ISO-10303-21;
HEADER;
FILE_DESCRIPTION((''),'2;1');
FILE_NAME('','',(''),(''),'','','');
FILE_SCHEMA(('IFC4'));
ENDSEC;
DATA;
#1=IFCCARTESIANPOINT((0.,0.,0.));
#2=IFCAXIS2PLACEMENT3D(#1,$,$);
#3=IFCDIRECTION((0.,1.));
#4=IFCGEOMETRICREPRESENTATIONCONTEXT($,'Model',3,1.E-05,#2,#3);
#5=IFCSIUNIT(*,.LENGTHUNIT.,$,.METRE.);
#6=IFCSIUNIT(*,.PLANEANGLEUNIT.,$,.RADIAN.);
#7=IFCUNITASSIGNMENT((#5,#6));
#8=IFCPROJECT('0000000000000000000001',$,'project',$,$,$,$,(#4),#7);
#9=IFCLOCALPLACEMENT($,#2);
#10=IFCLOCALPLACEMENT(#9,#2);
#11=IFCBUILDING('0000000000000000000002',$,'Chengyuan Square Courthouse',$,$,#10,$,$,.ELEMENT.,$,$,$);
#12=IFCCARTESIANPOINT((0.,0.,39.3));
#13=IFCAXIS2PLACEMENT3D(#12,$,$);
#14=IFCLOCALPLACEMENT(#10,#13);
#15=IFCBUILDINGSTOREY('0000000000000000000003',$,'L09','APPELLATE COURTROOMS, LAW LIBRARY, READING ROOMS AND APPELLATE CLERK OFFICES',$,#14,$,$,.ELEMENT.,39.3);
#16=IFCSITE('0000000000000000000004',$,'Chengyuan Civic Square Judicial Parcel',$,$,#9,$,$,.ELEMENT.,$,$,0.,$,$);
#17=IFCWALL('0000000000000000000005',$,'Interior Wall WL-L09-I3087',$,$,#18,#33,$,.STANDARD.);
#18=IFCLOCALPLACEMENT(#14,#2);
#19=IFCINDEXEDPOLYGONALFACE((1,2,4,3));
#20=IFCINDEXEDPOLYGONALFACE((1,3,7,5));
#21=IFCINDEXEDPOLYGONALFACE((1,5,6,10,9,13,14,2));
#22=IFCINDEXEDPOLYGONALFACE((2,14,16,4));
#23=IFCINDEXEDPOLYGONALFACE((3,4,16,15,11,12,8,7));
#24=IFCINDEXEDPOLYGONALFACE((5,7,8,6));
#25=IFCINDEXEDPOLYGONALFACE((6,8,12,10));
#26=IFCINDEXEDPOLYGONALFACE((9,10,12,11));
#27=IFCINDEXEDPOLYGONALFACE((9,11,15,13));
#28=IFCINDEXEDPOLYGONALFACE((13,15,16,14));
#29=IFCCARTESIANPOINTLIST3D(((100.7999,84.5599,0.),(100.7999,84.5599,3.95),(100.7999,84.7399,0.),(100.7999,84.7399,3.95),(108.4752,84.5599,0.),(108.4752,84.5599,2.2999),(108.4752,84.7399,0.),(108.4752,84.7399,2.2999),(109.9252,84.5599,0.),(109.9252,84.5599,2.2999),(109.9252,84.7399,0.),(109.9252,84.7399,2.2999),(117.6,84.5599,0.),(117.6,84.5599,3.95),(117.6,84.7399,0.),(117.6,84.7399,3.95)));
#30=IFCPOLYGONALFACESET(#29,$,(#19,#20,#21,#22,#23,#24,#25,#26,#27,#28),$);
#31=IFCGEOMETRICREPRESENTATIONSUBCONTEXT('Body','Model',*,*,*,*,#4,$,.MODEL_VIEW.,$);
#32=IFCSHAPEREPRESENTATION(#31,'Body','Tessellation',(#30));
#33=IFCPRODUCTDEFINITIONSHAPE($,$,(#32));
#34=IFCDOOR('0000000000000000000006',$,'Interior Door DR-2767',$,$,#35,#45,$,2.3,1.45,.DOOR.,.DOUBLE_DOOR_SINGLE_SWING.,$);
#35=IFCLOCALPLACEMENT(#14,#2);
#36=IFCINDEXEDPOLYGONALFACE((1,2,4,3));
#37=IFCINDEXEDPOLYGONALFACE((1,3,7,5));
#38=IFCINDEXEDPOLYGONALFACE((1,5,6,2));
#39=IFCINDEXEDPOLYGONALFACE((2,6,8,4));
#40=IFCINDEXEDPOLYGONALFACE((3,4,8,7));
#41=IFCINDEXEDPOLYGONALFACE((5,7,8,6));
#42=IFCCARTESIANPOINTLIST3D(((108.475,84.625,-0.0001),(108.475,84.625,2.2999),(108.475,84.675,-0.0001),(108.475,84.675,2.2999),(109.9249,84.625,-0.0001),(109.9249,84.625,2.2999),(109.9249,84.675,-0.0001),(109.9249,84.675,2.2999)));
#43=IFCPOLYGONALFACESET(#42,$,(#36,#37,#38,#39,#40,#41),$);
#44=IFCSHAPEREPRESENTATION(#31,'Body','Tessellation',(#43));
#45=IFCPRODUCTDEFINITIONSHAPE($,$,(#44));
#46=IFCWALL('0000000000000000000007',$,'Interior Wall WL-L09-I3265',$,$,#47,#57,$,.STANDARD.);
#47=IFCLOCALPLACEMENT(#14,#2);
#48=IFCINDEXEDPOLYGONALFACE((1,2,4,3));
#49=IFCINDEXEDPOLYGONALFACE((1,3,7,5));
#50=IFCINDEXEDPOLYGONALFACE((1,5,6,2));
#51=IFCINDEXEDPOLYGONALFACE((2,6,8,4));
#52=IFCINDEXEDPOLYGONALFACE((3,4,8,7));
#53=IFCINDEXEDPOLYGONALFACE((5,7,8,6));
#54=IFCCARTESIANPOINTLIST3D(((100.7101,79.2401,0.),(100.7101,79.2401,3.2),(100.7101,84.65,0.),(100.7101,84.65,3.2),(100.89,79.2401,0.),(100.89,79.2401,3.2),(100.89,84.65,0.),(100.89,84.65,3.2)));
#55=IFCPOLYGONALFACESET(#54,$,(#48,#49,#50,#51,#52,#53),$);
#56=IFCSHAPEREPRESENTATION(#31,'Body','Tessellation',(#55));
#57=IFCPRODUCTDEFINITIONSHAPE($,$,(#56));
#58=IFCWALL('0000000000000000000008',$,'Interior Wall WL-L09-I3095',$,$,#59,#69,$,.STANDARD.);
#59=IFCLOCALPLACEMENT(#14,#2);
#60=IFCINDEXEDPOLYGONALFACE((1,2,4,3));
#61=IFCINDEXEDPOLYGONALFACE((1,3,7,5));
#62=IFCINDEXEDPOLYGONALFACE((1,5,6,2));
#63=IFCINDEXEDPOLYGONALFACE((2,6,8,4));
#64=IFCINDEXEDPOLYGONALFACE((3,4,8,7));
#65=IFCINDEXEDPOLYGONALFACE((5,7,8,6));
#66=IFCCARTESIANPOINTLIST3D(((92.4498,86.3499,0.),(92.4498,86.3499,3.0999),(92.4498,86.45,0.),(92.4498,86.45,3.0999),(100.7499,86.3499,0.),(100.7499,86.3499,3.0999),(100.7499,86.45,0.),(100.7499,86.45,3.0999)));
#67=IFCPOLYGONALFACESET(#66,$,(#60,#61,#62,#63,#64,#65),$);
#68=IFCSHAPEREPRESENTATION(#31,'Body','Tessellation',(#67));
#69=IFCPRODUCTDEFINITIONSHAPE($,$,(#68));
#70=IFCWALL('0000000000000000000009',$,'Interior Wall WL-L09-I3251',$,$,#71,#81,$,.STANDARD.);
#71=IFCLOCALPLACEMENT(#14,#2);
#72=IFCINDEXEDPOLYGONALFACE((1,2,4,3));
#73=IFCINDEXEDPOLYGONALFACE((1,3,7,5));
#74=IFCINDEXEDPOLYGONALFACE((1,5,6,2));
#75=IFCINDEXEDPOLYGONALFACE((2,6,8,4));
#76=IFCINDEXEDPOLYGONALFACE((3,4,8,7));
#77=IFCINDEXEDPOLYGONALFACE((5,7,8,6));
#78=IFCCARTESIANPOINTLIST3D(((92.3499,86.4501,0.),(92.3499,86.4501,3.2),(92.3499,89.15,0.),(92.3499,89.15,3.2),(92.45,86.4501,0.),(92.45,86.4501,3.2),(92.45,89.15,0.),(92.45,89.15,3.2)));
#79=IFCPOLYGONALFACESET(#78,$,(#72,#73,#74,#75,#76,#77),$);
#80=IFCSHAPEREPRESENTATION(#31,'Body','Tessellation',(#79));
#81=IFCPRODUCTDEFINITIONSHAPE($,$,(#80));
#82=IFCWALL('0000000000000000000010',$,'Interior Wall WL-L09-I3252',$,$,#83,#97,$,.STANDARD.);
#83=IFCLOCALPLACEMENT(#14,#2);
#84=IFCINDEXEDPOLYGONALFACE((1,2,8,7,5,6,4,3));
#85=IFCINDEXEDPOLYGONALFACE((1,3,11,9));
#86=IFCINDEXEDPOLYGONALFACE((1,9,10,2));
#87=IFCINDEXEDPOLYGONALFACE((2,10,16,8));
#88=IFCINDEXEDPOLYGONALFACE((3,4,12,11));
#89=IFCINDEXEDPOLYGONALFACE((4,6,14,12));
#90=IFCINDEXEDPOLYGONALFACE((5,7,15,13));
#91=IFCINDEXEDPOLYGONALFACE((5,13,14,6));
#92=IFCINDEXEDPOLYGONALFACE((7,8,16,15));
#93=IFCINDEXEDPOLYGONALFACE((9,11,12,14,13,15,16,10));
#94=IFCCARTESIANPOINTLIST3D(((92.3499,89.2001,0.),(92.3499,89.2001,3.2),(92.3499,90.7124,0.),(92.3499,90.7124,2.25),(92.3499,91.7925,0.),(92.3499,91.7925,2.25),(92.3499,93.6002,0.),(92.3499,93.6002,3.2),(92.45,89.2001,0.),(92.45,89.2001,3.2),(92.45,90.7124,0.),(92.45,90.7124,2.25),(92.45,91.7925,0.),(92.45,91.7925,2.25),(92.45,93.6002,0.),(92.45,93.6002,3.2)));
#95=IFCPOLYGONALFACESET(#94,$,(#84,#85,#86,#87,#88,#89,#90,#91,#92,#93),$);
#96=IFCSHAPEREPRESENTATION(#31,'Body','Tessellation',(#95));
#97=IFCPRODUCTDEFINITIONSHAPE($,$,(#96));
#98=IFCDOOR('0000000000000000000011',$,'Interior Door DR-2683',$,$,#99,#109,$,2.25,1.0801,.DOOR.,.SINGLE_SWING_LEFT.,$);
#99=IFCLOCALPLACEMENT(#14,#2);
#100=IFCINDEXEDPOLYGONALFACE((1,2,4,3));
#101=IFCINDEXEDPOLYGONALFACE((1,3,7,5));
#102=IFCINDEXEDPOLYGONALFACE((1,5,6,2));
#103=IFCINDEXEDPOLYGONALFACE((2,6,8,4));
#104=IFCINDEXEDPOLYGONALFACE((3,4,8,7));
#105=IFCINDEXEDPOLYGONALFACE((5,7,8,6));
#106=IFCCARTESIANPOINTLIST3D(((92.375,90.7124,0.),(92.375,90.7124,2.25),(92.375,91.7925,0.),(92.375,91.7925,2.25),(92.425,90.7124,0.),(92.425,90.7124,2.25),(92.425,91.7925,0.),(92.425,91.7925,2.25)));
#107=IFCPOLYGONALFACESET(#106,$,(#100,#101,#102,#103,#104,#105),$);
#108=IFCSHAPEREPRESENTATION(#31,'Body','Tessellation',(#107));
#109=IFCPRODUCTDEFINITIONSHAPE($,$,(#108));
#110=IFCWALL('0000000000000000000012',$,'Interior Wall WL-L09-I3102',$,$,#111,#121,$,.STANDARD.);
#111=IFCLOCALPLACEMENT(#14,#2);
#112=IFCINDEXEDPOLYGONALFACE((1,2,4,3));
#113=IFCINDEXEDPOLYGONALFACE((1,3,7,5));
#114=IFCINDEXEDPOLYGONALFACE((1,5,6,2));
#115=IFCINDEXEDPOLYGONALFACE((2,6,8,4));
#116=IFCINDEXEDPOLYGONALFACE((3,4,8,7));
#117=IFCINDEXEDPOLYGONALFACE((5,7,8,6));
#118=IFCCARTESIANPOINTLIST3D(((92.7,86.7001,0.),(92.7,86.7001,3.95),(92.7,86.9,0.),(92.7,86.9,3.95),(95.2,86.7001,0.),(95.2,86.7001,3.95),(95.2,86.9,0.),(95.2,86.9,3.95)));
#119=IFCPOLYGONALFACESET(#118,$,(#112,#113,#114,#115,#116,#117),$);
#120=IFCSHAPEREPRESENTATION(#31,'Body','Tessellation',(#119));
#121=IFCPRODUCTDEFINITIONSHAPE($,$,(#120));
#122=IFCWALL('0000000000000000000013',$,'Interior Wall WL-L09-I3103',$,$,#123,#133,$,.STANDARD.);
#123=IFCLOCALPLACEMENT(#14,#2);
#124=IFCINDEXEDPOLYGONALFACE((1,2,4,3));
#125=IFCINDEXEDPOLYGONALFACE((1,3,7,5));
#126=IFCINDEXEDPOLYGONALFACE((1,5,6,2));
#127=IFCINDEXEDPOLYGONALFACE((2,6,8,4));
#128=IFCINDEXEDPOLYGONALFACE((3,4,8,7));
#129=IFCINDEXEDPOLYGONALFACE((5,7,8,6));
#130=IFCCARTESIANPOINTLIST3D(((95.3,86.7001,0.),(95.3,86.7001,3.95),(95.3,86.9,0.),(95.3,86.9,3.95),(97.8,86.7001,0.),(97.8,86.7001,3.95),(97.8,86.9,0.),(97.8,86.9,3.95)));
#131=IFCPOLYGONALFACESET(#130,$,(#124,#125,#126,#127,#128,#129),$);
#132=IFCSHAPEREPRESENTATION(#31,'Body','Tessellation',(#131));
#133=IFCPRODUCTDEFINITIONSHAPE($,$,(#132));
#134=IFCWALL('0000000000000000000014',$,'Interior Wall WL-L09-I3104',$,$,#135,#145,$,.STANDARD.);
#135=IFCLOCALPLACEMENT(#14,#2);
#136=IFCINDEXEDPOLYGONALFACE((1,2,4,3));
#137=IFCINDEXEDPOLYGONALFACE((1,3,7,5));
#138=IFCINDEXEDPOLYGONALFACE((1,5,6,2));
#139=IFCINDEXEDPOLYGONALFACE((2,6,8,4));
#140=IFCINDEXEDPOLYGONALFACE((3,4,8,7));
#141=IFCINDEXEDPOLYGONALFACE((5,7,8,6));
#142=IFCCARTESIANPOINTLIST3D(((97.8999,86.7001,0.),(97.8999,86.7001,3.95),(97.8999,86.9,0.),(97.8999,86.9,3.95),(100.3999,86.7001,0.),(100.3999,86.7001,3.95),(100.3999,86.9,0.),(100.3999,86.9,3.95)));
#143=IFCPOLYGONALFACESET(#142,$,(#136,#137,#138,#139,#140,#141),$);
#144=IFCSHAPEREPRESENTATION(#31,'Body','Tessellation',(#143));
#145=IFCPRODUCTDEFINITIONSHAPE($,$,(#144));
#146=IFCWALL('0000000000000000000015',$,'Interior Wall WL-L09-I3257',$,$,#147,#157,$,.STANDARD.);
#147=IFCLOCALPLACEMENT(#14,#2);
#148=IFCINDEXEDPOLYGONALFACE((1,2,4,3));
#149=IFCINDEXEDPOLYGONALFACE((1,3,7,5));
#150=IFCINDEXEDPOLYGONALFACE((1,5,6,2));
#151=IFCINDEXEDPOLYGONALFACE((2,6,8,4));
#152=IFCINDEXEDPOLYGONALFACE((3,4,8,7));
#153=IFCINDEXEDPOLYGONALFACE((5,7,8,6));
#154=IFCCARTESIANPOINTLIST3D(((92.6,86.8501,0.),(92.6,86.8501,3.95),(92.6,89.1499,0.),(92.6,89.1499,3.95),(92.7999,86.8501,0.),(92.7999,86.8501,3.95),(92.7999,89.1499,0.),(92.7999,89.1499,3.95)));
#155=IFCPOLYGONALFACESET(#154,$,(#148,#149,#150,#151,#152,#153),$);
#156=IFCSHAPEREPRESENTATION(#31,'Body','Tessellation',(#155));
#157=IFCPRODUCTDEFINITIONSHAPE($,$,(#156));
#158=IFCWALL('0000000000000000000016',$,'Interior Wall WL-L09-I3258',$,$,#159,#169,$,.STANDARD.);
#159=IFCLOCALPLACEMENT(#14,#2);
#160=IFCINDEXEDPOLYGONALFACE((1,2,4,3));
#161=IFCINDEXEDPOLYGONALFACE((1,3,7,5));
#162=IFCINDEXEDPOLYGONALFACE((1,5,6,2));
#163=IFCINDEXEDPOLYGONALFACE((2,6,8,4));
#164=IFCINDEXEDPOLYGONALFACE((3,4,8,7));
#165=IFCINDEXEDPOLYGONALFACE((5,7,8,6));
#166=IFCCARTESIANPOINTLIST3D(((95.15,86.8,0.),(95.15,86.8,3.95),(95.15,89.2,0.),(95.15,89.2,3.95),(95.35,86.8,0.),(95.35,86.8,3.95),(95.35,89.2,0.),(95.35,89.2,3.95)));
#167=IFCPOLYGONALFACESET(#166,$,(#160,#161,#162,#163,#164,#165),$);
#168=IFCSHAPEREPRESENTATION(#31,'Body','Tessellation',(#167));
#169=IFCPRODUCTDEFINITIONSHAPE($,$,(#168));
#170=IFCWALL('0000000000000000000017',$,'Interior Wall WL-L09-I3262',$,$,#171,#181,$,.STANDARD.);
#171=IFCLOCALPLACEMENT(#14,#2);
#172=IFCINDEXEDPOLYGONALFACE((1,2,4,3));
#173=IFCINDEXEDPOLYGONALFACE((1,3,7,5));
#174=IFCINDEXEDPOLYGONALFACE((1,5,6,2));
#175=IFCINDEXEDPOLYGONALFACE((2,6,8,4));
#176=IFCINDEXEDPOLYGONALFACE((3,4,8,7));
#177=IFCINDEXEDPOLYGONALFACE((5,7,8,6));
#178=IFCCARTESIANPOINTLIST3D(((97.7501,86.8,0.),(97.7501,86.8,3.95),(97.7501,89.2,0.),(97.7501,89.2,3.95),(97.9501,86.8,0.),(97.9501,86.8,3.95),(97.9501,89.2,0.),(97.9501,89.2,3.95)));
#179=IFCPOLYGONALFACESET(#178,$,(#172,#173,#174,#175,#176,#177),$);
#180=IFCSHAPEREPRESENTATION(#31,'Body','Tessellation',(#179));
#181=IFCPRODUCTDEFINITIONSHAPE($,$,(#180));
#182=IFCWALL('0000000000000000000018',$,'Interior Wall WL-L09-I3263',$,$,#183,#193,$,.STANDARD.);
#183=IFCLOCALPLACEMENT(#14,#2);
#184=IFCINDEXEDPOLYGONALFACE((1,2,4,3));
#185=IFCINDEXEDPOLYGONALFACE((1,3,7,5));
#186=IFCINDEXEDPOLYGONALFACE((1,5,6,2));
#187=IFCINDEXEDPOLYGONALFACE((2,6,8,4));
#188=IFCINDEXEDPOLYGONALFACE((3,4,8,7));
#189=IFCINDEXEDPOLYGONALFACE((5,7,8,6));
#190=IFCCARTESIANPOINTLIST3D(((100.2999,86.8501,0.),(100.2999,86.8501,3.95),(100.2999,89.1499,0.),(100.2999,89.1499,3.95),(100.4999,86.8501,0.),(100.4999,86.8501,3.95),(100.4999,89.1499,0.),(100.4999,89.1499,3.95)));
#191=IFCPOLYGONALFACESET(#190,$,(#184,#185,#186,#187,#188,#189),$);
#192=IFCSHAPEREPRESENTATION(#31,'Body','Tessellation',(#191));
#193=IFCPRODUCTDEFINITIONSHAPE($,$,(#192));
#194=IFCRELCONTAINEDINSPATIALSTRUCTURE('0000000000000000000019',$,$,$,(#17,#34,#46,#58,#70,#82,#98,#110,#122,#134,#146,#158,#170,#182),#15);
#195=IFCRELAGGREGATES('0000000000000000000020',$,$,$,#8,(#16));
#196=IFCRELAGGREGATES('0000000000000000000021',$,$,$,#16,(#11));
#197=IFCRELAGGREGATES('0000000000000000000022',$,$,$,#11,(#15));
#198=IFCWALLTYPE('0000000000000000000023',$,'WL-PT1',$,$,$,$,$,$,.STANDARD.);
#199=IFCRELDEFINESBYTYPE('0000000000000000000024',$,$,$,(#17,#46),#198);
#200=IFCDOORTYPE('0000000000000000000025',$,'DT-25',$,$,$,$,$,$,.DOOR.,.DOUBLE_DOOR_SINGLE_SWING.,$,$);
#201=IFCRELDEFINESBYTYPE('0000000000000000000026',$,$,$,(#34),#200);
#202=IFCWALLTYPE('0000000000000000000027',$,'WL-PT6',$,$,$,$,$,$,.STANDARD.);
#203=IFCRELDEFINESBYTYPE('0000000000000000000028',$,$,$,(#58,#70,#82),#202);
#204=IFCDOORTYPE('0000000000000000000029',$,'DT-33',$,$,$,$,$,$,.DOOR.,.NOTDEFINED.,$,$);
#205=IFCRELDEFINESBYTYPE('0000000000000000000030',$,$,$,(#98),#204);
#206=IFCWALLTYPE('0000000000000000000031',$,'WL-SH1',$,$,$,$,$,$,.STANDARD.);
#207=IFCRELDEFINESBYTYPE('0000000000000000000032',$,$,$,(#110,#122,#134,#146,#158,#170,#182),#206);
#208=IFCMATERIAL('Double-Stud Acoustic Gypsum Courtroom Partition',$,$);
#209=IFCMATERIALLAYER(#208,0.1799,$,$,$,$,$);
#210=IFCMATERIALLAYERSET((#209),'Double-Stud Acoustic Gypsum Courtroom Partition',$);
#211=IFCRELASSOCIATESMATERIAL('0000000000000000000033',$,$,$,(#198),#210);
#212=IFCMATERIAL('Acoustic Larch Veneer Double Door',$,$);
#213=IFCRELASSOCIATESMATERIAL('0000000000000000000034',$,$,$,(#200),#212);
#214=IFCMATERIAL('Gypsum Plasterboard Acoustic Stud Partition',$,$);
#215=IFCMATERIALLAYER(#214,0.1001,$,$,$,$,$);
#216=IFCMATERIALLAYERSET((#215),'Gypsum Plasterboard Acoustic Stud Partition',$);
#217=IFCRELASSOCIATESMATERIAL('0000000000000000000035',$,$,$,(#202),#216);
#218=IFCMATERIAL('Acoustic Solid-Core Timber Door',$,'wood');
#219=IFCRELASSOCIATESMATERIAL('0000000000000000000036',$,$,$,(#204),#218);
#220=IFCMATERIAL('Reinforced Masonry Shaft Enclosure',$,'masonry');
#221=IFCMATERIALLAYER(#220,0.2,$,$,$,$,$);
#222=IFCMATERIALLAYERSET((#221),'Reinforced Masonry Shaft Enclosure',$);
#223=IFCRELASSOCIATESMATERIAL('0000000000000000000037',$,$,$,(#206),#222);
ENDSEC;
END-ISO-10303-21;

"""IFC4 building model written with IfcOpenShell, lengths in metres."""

from ifc_helpers import new_model, si_unit, direction, frame, frame_2d, origin, place, context, subcontext, project, spatial, rectangle, extrude, material, layer, layer_set, type_object, element, fill, save


model = new_model("IFC4")

# Units and contexts
model_context = context("Model", 3, precision=1e-05, world=origin(), true_north=direction((0.0, 1.0)))
body_context = subcontext(model_context, "Body", "Model", "MODEL_VIEW")
ifc_project = project(units=[si_unit("LENGTHUNIT", "METRE"), si_unit("PLANEANGLEUNIT", "RADIAN")], contexts=[model_context])

# Site, building, storey
site_placement = place(None, origin())
site = spatial("IfcSite", under=ifc_project, at=site_placement, Name="Chengyuan Civic Square Judicial Parcel", CompositionType="ELEMENT", RefElevation=0.0)
building_placement = place(site_placement, origin())
building = spatial("IfcBuilding", under=site, at=building_placement, Name="Chengyuan Square Courthouse", CompositionType="ELEMENT")
storey_placement = place(building_placement, frame((0.0, 0.0, 39.3)))
storey = spatial("IfcBuildingStorey", under=building, at=storey_placement, Name="L09", Description="APPELLATE COURTROOMS, LAW LIBRARY, READING ROOMS AND APPELLATE CLERK OFFICES", CompositionType="ELEMENT", Elevation=39.3)

# Wall, opening, door
ifc_material_1 = material(Name="Double-Stud Acoustic Gypsum Courtroom Partition")
ifc_layer_1 = layer(ifc_material_1, 0.1799)
ifc_layer_set_1 = layer_set([ifc_layer_1], Name="Double-Stud Acoustic Gypsum Courtroom Partition")
wall_type_1 = type_object("IfcWallType", Name="WL-PT1", PredefinedType="STANDARD", material=ifc_layer_set_1)
wall_1_placement = place(storey_placement, frame((100.8, 84.6499, 0.0), z_axis=(0.0, 0.0, 1.0), x_axis=(1.0, 0.0, 0.0)))
wall_1 = element("IfcWall", 1, at=wall_1_placement, inside=storey, type_object=wall_type_1, Name="Interior Wall WL-L09-I3087", PredefinedType="STANDARD", context=body_context, shape_type="SweptSolid", body=[
    extrude(rectangle(XDim=16.8, YDim=0.1799, at=frame_2d((8.3999, 0.0))), origin(), (0.0, 0.0, 1.0), 3.95),
])
opening_1_placement = place(wall_1_placement, frame((7.675, 0.0, 0.0)))
opening_1 = element("IfcOpeningElement", 2, at=opening_1_placement, cuts=wall_1, PredefinedType="OPENING", context=body_context, shape_type="SweptSolid", body=[
    extrude(rectangle(XDim=1.45, YDim=2.3, at=frame_2d((0.7251, 1.1499))), frame((0.0, 0.1021, 0.0), z_axis=(0.0, -1.0, 0.0), x_axis=(1.0, 0.0, 0.0)), (0.0, 0.0, 1.0), 0.2039),
])
ifc_material_2 = material(Name="Acoustic Larch Veneer Double Door")
door_type_1 = type_object("IfcDoorType", Name="DT-25", OperationType="DOUBLE_DOOR_SINGLE_SWING", PredefinedType="DOOR", material=ifc_material_2)
door_1_placement = place(opening_1_placement, frame((1.45, 0.0, 0.0), z_axis=(0.0, 0.0, 1.0), x_axis=(-1.0, 0.0, 0.0)))
door_1 = element("IfcDoor", 3, at=door_1_placement, inside=storey, type_object=door_type_1, Name="Interior Door DR-2767", OperationType="DOUBLE_DOOR_SINGLE_SWING", OverallHeight=2.3, OverallWidth=1.45, PredefinedType="DOOR", context=body_context, shape_type="SweptSolid", body=[
    extrude(rectangle(XDim=1.45, YDim=2.3, at=frame_2d((0.7251, 1.1499))), frame((0.0, 0.0249, 0.0), z_axis=(0.0, -1.0, 0.0), x_axis=(1.0, 0.0, 0.0)), (0.0, 0.0, 1.0), 0.05),
])
fill(opening_1, door_1)

# Walls
wall_2_placement = place(storey_placement, frame((100.8, 79.24, 0.0), z_axis=(0.0, 0.0, 1.0), x_axis=(0.0, 1.0, 0.0)))
element("IfcWall", 4, at=wall_2_placement, inside=storey, type_object=wall_type_1, Name="Interior Wall WL-L09-I3265", PredefinedType="STANDARD", context=body_context, shape_type="SweptSolid", body=[
    extrude(rectangle(XDim=5.4099, YDim=0.1799, at=frame_2d((2.7051, 0.0))), origin(), (0.0, 0.0, 1.0), 3.2),
])
ifc_material_3 = material(Name="Gypsum Plasterboard Acoustic Stud Partition")
ifc_layer_2 = layer(ifc_material_3, 0.1001)
ifc_layer_set_2 = layer_set([ifc_layer_2], Name="Gypsum Plasterboard Acoustic Stud Partition")
wall_type_2 = type_object("IfcWallType", Name="WL-PT6", PredefinedType="STANDARD", material=ifc_layer_set_2)
wall_3_placement = place(storey_placement, frame((92.45, 86.3999, 0.0), z_axis=(0.0, 0.0, 1.0), x_axis=(1.0, 0.0, 0.0)))
element("IfcWall", 5, at=wall_3_placement, inside=storey, type_object=wall_type_2, Name="Interior Wall WL-L09-I3095", PredefinedType="STANDARD", context=body_context, shape_type="SweptSolid", body=[
    extrude(rectangle(XDim=8.3, YDim=0.1001, at=frame_2d((4.1499, 0.0))), origin(), (0.0, 0.0, 1.0), 3.0999),
])
wall_4_placement = place(storey_placement, frame((92.3999, 86.45, 0.0), z_axis=(0.0, 0.0, 1.0), x_axis=(0.0, 1.0, 0.0)))
element("IfcWall", 6, at=wall_4_placement, inside=storey, type_object=wall_type_2, Name="Interior Wall WL-L09-I3251", PredefinedType="STANDARD", context=body_context, shape_type="SweptSolid", body=[
    extrude(rectangle(XDim=2.7, YDim=0.1001, at=frame_2d((1.3501, 0.0))), origin(), (0.0, 0.0, 1.0), 3.2),
])

# Wall, opening, door
wall_5_placement = place(storey_placement, frame((92.3999, 89.2, 0.0), z_axis=(0.0, 0.0, 1.0), x_axis=(0.0, 1.0, 0.0)))
wall_5 = element("IfcWall", 7, at=wall_5_placement, inside=storey, type_object=wall_type_2, Name="Interior Wall WL-L09-I3252", PredefinedType="STANDARD", context=body_context, shape_type="SweptSolid", body=[
    extrude(rectangle(XDim=4.4001, YDim=0.1001, at=frame_2d((2.2002, 0.0))), origin(), (0.0, 0.0, 1.0), 3.2),
])
opening_2_placement = place(wall_5_placement, frame((1.5125, 0.0, 0.0)))
opening_2 = element("IfcOpeningElement", 8, at=opening_2_placement, cuts=wall_5, PredefinedType="OPENING", context=body_context, shape_type="SweptSolid", body=[
    extrude(rectangle(XDim=1.0801, YDim=2.25, at=frame_2d((0.54, 1.125))), frame((0.0, 0.062, 0.0), z_axis=(0.0, -1.0, 0.0), x_axis=(1.0, 0.0, 0.0)), (0.0, 0.0, 1.0), 0.124),
])
ifc_material_4 = material(Name="Acoustic Solid-Core Timber Door", Category="wood")
door_type_2 = type_object("IfcDoorType", Name="DT-33", OperationType="NOTDEFINED", PredefinedType="DOOR", material=ifc_material_4)
door_2_placement = place(opening_2_placement, origin())
door_2 = element("IfcDoor", 9, at=door_2_placement, inside=storey, type_object=door_type_2, Name="Interior Door DR-2683", OperationType="SINGLE_SWING_LEFT", OverallHeight=2.25, OverallWidth=1.0801, PredefinedType="DOOR", context=body_context, shape_type="SweptSolid", body=[
    extrude(rectangle(XDim=1.0801, YDim=2.25, at=frame_2d((0.54, 1.125))), frame((0.0, 0.0249, 0.0), z_axis=(0.0, -1.0, 0.0), x_axis=(1.0, 0.0, 0.0)), (0.0, 0.0, 1.0), 0.05),
])
fill(opening_2, door_2)

# Walls
ifc_material_5 = material(Name="Reinforced Masonry Shaft Enclosure", Category="masonry")
ifc_layer_3 = layer(ifc_material_5, 0.2)
ifc_layer_set_3 = layer_set([ifc_layer_3], Name="Reinforced Masonry Shaft Enclosure")
wall_type_3 = type_object("IfcWallType", Name="WL-SH1", PredefinedType="STANDARD", material=ifc_layer_set_3)
for number, where, z_axis, x_axis, name in (
    (10, (92.7, 86.8, 0.0), (0.0, 0.0, 1.0), (1.0, 0.0, 0.0), "Interior Wall WL-L09-I3102"),
    (11, (95.3, 86.8, 0.0), (0.0, 0.0, 1.0), (1.0, 0.0, 0.0), "Interior Wall WL-L09-I3103"),
    (12, (97.8999, 86.8, 0.0), (0.0, 0.0, 1.0), (1.0, 0.0, 0.0), "Interior Wall WL-L09-I3104"),
):
    element("IfcWall", number, at=place(storey_placement, frame(where, z_axis=z_axis, x_axis=x_axis)), inside=storey, type_object=wall_type_3, Name=name, PredefinedType="STANDARD", context=body_context, shape_type="SweptSolid", body=[
        extrude(rectangle(XDim=2.5, YDim=0.2, at=frame_2d((1.25, 0.0))), origin(), (0.0, 0.0, 1.0), 3.95),
    ])
wall_6_placement = place(storey_placement, frame((92.7, 86.8501, 0.0), z_axis=(0.0, 0.0, 1.0), x_axis=(0.0, 1.0, 0.0)))
element("IfcWall", 13, at=wall_6_placement, inside=storey, type_object=wall_type_3, Name="Interior Wall WL-L09-I3257", PredefinedType="STANDARD", context=body_context, shape_type="SweptSolid", body=[
    extrude(rectangle(XDim=2.2998, YDim=0.2, at=frame_2d((1.1499, 0.0))), origin(), (0.0, 0.0, 1.0), 3.95),
])
for number, where, z_axis, x_axis, name in (
    (14, (95.25, 86.8, 0.0), (0.0, 0.0, 1.0), (0.0, 1.0, 0.0), "Interior Wall WL-L09-I3258"),
    (15, (97.8501, 86.8, 0.0), (0.0, 0.0, 1.0), (0.0, 1.0, 0.0), "Interior Wall WL-L09-I3262"),
):
    element("IfcWall", number, at=place(storey_placement, frame(where, z_axis=z_axis, x_axis=x_axis)), inside=storey, type_object=wall_type_3, Name=name, PredefinedType="STANDARD", context=body_context, shape_type="SweptSolid", body=[
        extrude(rectangle(XDim=2.3999, YDim=0.2, at=frame_2d((1.2, 0.0))), origin(), (0.0, 0.0, 1.0), 3.95),
    ])
wall_7_placement = place(storey_placement, frame((100.3999, 86.8501, 0.0), z_axis=(0.0, 0.0, 1.0), x_axis=(0.0, 1.0, 0.0)))
element("IfcWall", 16, at=wall_7_placement, inside=storey, type_object=wall_type_3, Name="Interior Wall WL-L09-I3263", PredefinedType="STANDARD", context=body_context, shape_type="SweptSolid", body=[
    extrude(rectangle(XDim=2.2998, YDim=0.2, at=frame_2d((1.1499, 0.0))), origin(), (0.0, 0.0, 1.0), 3.95),
])

save(model, "model.ifc")
